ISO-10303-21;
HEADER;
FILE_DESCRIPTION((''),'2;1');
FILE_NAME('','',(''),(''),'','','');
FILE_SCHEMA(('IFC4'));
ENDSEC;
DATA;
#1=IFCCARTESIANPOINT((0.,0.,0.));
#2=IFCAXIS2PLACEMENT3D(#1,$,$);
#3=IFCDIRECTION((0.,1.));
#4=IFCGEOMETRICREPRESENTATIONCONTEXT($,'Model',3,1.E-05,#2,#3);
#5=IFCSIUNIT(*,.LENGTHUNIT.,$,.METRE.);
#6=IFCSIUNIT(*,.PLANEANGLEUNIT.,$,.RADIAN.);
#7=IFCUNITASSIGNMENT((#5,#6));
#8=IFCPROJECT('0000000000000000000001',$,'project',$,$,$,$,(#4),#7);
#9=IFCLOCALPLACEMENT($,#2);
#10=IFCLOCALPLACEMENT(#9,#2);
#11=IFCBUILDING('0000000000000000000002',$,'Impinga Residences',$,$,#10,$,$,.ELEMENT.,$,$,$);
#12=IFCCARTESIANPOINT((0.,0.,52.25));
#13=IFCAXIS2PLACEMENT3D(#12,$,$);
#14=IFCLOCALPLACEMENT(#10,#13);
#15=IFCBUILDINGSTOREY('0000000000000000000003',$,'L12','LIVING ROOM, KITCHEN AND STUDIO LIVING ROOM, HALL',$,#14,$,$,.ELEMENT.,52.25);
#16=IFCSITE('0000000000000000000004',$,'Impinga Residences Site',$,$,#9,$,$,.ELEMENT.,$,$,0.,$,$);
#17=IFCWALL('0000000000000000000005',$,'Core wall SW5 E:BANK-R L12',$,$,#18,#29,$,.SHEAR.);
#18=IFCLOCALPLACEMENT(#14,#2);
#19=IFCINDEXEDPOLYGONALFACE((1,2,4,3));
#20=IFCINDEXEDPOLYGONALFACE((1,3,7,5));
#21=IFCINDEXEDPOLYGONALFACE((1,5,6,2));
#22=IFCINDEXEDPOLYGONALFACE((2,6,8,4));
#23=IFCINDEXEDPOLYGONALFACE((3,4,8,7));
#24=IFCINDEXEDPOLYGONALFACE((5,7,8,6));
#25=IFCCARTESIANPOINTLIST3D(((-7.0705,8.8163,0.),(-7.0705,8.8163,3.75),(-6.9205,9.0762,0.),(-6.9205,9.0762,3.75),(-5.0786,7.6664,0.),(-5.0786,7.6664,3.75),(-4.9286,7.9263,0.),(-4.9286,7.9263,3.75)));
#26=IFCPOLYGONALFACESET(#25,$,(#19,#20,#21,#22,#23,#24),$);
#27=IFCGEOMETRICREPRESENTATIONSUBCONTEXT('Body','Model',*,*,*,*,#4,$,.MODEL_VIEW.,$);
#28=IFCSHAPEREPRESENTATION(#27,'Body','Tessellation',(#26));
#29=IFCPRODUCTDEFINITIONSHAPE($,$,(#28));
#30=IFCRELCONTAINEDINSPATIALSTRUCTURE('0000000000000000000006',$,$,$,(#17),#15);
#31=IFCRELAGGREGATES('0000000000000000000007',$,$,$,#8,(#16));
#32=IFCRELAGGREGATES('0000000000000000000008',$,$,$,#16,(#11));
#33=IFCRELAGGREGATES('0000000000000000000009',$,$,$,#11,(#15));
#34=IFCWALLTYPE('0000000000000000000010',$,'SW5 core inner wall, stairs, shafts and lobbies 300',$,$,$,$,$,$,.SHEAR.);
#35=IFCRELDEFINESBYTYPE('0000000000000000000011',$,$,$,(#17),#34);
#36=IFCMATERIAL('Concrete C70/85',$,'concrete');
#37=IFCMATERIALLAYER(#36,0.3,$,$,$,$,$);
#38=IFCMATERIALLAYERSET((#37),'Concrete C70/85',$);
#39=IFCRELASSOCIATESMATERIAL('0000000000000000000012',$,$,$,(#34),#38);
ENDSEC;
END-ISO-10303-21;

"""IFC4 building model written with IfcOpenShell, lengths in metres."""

from ifc_helpers import new_model, si_unit, direction, frame, frame_2d, origin, place, context, subcontext, project, spatial, rectangle, extrude, material, layer, layer_set, type_object, element, save


model = new_model("IFC4")

# Units and contexts
model_context = context("Model", 3, precision=1e-05, world=origin(), true_north=direction((0.0, 1.0)))
body_context = subcontext(model_context, "Body", "Model", "MODEL_VIEW")
ifc_project = project(units=[si_unit("LENGTHUNIT", "METRE"), si_unit("PLANEANGLEUNIT", "RADIAN")], contexts=[model_context])

# Site, building, storey
site_placement = place(None, origin())
site = spatial("IfcSite", under=ifc_project, at=site_placement, Name="Impinga Residences Site", CompositionType="ELEMENT", RefElevation=0.0)
building_placement = place(site_placement, origin())
building = spatial("IfcBuilding", under=site, at=building_placement, Name="Impinga Residences", CompositionType="ELEMENT")
storey_placement = place(building_placement, frame((0.0, 0.0, 52.25)))
storey = spatial("IfcBuildingStorey", under=building, at=storey_placement, Name="L12", Description="LIVING ROOM, KITCHEN AND STUDIO LIVING ROOM, HALL", CompositionType="ELEMENT", Elevation=52.25)

# Shared definitions
ifc_material_1 = material(Name="Concrete C70/85", Category="concrete")

# Shared definitions
ifc_layer_1 = layer(ifc_material_1, 0.3)
ifc_layer_set_1 = layer_set([ifc_layer_1], Name="Concrete C70/85")
wall_type_1 = type_object("IfcWallType", Name="SW5 core inner wall, stairs, shafts and lobbies 300", PredefinedType="SHEAR", material=ifc_layer_set_1)

# Wall
wall_1_placement = place(storey_placement, frame((-5.0037, 7.7964, 0.0), z_axis=(0.0, 0.0, 1.0), x_axis=(-0.866053, 0.499952, 0.0)))
element("IfcWall", 1, at=wall_1_placement, inside=storey, type_object=wall_type_1, Name="Core wall SW5 E:BANK-R L12", PredefinedType="SHEAR", context=body_context, shape_type="SweptSolid", body=[
    extrude(rectangle(XDim=2.3, YDim=0.3, at=frame_2d((1.1499, 0.0))), origin(), (0.0, 0.0, 1.0), 3.75),
])

save(model, "model.ifc")
